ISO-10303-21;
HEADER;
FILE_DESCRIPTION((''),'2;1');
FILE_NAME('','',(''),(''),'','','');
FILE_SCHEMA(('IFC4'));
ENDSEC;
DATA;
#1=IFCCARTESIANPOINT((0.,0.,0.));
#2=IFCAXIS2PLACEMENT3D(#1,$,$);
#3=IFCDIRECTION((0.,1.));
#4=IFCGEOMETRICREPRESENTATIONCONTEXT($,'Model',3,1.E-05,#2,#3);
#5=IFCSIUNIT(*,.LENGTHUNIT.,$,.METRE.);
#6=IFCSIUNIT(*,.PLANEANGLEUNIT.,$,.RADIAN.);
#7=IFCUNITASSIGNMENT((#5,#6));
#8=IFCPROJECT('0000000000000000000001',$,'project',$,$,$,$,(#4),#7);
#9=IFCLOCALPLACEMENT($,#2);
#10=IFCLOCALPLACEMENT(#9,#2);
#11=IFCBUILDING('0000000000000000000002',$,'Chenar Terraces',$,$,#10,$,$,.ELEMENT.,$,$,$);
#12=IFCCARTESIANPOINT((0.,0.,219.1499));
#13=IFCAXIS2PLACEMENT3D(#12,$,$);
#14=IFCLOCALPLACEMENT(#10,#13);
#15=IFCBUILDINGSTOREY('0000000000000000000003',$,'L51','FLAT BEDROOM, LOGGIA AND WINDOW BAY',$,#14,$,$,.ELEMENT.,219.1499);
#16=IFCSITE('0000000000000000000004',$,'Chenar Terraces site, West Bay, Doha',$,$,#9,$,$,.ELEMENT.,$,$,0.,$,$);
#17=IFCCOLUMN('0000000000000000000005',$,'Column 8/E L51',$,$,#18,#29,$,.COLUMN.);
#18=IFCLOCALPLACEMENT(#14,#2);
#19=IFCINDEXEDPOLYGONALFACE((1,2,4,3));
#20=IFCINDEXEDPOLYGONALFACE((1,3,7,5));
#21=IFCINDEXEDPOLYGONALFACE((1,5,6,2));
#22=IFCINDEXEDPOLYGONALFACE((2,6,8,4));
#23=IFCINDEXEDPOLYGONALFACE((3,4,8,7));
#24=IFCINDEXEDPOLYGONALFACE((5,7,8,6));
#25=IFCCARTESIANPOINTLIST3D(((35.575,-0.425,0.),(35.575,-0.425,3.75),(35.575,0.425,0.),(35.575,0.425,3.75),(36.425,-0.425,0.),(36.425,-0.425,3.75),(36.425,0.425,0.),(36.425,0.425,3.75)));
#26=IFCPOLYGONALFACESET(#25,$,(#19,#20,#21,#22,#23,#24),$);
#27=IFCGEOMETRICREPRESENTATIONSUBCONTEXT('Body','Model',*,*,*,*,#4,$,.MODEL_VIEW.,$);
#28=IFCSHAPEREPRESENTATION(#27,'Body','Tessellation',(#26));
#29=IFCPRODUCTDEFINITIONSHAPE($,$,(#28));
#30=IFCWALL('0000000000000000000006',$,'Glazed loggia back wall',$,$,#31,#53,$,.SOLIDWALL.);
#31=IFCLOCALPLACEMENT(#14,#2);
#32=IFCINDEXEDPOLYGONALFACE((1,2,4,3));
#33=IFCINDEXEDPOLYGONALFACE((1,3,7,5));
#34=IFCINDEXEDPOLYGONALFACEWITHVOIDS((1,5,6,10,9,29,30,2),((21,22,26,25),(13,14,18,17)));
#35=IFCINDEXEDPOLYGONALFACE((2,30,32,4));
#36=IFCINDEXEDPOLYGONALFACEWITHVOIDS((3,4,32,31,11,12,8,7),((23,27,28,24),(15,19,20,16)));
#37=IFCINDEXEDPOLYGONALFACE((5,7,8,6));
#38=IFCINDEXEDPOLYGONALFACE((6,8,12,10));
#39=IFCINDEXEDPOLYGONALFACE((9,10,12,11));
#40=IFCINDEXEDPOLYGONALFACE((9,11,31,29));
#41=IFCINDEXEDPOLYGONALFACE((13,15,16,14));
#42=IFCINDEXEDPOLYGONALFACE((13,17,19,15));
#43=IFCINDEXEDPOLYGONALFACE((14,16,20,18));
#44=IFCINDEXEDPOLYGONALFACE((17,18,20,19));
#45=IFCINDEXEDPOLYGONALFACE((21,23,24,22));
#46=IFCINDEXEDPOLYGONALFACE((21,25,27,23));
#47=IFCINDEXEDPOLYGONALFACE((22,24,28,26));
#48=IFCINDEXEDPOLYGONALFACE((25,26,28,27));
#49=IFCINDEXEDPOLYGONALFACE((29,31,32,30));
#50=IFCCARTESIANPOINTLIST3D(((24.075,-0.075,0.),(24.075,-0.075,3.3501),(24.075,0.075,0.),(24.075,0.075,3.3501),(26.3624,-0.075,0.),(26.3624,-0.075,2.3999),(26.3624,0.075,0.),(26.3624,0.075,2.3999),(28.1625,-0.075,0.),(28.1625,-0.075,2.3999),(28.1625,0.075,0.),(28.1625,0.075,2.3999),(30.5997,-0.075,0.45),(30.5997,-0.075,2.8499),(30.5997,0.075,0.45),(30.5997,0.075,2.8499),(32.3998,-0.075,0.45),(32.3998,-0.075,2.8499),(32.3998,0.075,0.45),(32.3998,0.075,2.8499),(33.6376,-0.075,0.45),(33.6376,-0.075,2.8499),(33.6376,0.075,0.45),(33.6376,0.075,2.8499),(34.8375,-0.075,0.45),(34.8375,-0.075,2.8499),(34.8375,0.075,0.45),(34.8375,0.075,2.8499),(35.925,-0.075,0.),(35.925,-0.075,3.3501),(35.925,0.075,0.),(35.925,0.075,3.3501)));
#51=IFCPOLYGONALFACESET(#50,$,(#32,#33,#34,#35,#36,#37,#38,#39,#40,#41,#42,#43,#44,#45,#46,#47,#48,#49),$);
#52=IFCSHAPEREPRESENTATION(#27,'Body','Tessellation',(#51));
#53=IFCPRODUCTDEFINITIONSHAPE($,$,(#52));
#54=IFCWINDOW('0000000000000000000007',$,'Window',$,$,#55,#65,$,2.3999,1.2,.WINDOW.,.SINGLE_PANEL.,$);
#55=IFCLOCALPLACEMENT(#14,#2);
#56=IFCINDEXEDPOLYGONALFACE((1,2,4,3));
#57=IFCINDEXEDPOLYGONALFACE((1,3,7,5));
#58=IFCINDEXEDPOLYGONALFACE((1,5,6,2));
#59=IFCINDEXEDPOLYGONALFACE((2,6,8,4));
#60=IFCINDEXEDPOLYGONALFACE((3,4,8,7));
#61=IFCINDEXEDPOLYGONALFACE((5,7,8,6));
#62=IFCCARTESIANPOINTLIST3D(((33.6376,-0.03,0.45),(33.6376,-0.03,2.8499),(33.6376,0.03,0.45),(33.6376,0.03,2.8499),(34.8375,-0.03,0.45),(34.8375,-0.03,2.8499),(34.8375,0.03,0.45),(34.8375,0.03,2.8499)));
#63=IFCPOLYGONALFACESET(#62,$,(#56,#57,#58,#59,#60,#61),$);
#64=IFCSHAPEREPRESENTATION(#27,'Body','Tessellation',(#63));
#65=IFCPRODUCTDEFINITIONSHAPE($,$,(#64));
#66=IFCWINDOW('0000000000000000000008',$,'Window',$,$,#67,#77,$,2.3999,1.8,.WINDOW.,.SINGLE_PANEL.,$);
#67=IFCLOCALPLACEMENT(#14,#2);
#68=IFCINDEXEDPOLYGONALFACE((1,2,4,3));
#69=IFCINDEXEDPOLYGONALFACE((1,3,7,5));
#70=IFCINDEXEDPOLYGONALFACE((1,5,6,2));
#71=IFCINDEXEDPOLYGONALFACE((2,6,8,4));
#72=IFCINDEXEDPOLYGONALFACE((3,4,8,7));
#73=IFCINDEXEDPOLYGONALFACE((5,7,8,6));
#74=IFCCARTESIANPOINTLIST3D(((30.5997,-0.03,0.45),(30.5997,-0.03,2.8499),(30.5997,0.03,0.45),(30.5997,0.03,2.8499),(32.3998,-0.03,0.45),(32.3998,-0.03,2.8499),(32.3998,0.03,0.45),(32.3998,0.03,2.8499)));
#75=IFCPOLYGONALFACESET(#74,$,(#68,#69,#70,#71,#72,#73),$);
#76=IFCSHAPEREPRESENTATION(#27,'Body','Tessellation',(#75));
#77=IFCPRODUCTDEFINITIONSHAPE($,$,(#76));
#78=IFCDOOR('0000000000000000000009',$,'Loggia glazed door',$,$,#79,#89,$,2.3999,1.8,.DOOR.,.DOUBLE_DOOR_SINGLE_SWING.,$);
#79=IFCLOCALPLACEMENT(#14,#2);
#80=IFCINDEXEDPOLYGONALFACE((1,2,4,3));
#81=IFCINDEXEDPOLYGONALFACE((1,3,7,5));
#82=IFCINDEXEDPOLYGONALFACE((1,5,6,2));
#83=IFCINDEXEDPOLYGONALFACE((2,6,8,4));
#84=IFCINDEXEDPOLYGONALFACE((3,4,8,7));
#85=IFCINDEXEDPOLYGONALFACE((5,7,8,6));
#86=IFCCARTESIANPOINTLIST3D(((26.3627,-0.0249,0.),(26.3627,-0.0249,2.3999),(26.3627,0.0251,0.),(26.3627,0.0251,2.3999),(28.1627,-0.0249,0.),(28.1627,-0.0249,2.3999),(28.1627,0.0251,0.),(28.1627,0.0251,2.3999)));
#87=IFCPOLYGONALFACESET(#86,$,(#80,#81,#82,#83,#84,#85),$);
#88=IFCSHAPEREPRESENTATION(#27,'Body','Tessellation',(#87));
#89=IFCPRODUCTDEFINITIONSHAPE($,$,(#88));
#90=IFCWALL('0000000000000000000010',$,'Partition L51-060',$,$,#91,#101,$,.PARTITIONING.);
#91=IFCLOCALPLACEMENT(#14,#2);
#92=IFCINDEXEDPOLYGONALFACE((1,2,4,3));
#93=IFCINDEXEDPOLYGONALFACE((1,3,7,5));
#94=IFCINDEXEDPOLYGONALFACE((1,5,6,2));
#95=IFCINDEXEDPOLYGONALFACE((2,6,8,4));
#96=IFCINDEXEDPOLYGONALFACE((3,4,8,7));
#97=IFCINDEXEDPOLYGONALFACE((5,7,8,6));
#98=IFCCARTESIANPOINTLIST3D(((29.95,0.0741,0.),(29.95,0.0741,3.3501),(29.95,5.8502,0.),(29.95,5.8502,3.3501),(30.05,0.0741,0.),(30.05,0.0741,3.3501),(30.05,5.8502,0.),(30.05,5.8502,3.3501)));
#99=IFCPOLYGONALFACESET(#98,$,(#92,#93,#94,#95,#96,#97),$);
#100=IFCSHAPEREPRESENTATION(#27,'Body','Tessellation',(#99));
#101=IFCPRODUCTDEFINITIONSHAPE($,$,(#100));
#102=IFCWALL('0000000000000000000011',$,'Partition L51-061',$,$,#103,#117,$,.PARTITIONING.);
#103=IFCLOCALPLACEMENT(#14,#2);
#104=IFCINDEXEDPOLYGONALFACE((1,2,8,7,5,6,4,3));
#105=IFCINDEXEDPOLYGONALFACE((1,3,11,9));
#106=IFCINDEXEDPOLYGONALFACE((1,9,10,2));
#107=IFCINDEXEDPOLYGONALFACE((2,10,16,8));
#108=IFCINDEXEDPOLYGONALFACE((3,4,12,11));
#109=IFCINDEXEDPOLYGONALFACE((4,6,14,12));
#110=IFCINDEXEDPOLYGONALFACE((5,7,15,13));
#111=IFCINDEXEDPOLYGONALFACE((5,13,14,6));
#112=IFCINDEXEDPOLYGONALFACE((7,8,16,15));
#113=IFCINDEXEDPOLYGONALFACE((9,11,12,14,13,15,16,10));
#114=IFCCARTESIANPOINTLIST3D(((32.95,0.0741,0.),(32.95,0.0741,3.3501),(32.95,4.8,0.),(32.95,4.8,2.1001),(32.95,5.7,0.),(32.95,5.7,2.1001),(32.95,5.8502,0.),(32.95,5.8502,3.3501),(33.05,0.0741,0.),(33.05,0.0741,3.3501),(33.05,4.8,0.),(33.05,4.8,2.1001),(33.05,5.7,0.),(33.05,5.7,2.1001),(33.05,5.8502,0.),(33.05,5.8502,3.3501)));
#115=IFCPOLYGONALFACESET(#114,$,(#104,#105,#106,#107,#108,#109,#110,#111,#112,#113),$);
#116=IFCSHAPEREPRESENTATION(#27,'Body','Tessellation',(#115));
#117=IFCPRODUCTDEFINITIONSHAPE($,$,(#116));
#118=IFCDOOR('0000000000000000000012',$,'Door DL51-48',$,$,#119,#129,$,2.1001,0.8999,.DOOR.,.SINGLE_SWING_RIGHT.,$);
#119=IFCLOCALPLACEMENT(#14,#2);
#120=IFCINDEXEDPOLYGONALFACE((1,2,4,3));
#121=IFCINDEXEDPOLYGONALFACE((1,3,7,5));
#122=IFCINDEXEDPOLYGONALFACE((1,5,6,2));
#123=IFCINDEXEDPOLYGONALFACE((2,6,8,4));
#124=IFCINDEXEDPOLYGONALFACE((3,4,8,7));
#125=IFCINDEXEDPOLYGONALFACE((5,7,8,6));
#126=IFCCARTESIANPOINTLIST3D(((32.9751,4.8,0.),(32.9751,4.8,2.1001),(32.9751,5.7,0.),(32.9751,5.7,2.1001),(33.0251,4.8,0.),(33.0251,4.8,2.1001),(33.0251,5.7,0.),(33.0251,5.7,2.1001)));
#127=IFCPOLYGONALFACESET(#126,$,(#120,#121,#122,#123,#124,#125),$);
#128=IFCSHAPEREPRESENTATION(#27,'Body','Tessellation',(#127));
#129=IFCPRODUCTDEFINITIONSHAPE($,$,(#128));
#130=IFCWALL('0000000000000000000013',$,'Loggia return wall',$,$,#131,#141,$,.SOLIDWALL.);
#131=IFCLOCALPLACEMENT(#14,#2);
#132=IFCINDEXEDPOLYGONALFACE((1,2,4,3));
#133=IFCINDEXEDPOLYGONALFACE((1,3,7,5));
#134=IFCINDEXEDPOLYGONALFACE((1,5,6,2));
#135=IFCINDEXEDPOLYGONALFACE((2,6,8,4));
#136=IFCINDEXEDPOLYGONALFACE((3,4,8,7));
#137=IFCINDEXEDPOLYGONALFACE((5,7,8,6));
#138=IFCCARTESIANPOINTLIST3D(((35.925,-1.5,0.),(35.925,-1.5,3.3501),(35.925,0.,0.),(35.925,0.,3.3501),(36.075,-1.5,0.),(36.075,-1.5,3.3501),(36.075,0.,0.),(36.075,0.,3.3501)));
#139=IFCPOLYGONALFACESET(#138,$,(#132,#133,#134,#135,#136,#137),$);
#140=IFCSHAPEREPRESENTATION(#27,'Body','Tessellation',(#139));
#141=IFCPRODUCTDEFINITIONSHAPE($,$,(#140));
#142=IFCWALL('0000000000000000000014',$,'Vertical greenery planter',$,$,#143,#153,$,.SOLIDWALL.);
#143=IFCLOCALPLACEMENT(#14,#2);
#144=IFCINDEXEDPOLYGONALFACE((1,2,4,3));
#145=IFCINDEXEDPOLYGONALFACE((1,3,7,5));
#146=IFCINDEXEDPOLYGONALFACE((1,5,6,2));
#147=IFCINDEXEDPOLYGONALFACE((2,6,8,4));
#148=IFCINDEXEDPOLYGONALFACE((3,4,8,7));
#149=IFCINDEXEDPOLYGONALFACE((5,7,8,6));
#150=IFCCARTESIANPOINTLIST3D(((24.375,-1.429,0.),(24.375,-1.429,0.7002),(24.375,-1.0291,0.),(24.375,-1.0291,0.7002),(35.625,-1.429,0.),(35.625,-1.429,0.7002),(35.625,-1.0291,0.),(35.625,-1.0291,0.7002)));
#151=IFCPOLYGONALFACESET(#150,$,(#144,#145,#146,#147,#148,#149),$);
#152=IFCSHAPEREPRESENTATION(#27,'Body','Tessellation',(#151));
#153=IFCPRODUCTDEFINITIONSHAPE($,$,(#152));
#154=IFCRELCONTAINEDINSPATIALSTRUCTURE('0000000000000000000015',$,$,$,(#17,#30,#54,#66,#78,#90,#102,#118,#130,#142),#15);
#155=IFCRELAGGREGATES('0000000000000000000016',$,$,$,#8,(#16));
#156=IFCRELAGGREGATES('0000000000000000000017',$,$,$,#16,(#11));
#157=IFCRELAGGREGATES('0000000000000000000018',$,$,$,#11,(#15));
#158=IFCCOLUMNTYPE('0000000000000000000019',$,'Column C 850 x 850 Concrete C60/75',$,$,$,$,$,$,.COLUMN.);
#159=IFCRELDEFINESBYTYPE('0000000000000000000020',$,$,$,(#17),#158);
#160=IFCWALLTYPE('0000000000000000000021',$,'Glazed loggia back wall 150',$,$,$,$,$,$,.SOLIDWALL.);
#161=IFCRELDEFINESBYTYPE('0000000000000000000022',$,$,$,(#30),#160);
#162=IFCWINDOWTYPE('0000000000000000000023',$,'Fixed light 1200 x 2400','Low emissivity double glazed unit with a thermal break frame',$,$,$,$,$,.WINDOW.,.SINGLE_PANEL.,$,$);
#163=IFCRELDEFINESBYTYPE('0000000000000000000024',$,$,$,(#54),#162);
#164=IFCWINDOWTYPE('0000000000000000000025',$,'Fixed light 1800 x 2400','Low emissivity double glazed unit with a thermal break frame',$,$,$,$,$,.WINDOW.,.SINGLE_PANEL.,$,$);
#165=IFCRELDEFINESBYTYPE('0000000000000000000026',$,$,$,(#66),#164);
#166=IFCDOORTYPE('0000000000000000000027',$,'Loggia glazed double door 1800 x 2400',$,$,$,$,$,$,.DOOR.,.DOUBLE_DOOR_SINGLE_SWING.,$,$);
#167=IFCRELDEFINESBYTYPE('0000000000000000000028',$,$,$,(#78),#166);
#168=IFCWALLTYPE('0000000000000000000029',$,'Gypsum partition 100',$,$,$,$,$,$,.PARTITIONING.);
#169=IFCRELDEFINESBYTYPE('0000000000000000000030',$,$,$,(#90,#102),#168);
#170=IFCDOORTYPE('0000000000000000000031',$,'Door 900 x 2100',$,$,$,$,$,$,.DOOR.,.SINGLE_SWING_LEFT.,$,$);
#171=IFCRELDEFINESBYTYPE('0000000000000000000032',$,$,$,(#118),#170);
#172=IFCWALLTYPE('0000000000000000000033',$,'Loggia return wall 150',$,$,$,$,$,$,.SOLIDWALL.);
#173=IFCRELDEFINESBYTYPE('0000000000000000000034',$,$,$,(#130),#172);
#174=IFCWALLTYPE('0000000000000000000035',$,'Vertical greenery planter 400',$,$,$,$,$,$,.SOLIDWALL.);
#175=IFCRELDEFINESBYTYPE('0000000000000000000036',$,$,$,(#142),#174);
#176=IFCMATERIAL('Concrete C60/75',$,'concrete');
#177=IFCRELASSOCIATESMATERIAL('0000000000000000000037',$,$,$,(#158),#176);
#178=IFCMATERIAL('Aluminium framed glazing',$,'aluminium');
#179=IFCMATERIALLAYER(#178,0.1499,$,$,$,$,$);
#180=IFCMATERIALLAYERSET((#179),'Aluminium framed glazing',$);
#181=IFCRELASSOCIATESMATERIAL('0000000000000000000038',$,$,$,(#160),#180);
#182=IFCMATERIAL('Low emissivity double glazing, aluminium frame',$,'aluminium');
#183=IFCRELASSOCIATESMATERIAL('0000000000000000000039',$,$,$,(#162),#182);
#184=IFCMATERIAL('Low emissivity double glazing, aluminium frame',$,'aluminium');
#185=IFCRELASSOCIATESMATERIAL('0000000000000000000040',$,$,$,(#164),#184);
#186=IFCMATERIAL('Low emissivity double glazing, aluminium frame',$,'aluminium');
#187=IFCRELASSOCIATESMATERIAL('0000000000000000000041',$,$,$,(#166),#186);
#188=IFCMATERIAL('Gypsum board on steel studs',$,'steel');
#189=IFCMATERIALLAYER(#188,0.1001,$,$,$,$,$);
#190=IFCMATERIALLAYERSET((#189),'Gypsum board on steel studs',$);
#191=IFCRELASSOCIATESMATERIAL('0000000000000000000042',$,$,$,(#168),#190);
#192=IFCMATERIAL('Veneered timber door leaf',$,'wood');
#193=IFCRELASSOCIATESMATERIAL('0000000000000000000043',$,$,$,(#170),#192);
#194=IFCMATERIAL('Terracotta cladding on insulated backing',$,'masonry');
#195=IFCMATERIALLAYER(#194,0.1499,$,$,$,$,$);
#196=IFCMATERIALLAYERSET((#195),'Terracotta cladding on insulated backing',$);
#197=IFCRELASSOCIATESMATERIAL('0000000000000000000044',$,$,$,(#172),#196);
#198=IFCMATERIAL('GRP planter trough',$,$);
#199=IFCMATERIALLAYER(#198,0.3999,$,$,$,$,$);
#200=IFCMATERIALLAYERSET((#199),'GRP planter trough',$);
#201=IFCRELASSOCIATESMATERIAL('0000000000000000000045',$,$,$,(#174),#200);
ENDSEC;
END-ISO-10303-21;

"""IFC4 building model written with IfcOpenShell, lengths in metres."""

from ifc_helpers import new_model, si_unit, direction, frame, frame_2d, origin, origin_2d, place, context, subcontext, project, spatial, rectangle, extrude, material, layer, layer_set, material_profile, profile_set, type_object, element, fill, save


model = new_model("IFC4")

# Units and contexts
model_context = context("Model", 3, precision=1e-05, world=origin(), true_north=direction((0.0, 1.0)))
body_context = subcontext(model_context, "Body", "Model", "MODEL_VIEW")
ifc_project = project(units=[si_unit("LENGTHUNIT", "METRE"), si_unit("PLANEANGLEUNIT", "RADIAN")], contexts=[model_context])

# Site, building, storey
site_placement = place(None, origin())
site = spatial("IfcSite", under=ifc_project, at=site_placement, Name="Chenar Terraces site, West Bay, Doha", CompositionType="ELEMENT", RefElevation=0.0)
building_placement = place(site_placement, origin())
building = spatial("IfcBuilding", under=site, at=building_placement, Name="Chenar Terraces", CompositionType="ELEMENT")
storey_placement = place(building_placement, frame((0.0, 0.0, 219.1499)))
storey = spatial("IfcBuildingStorey", under=building, at=storey_placement, Name="L51", Description="FLAT BEDROOM, LOGGIA AND WINDOW BAY", CompositionType="ELEMENT", Elevation=219.1499)

# Column
ifc_material_1 = material(Name="Concrete C60/75", Category="concrete")
ifc_material_profile_1 = material_profile(ifc_material_1, rectangle(XDim=0.8501, YDim=0.8501, at=origin_2d()), Name="C 850 x 850")
ifc_profile_set_1 = profile_set([ifc_material_profile_1], Name="Concrete C60/75")
column_type = type_object("IfcColumnType", Name="Column C 850 x 850 Concrete C60/75", PredefinedType="COLUMN", material=ifc_profile_set_1)
column_placement = place(storey_placement, frame((36.0, 0.0, 0.0), z_axis=(0.0, 0.0, 1.0), x_axis=(1.0, 0.0, 0.0)))
element("IfcColumn", 1, at=column_placement, inside=storey, type_object=column_type, Name="Column 8/E L51", PredefinedType="COLUMN", context=body_context, shape_type="SweptSolid", body=[
    extrude(rectangle(XDim=0.8501, YDim=0.8501, at=origin_2d()), origin(), (0.0, 0.0, 1.0), 3.75),
])

# Wall, openings, windows, door
ifc_material_2 = material(Name="Aluminium framed glazing", Category="aluminium")
ifc_layer_1 = layer(ifc_material_2, 0.1499)
ifc_layer_set_1 = layer_set([ifc_layer_1], Name="Aluminium framed glazing")
wall_type_1 = type_object("IfcWallType", Name="Glazed loggia back wall 150", PredefinedType="SOLIDWALL", material=ifc_layer_set_1)
wall_1_placement = place(storey_placement, frame((24.075, 0.0, 0.0), z_axis=(0.0, 0.0, 1.0), x_axis=(1.0, 0.0, 0.0)))
wall_1 = element("IfcWall", 2, at=wall_1_placement, inside=storey, type_object=wall_type_1, Name="Glazed loggia back wall", PredefinedType="SOLIDWALL", context=body_context, shape_type="SweptSolid", body=[
    extrude(rectangle(XDim=11.8501, YDim=0.1499, at=frame_2d((5.925, 0.0))), origin(), (0.0, 0.0, 1.0), 3.3501),
])
opening_1_placement = place(wall_1_placement, frame((2.2876, 0.0, 0.0)))
opening_1 = element("IfcOpeningElement", 3, at=opening_1_placement, cuts=wall_1, PredefinedType="OPENING", context=body_context, shape_type="SweptSolid", body=[
    extrude(rectangle(XDim=1.8, YDim=2.3999, at=frame_2d((0.8999, 1.2))), frame((0.0, 0.085, 0.0), z_axis=(0.0, -1.0, 0.0), x_axis=(1.0, 0.0, 0.0)), (0.0, 0.0, 1.0), 0.1699),
])
opening_2_placement = place(wall_1_placement, frame((6.5249, 0.0, 0.45)))
opening_2 = element("IfcOpeningElement", 4, at=opening_2_placement, cuts=wall_1, PredefinedType="OPENING", context=body_context, shape_type="SweptSolid", body=[
    extrude(rectangle(XDim=1.8, YDim=2.3999, at=frame_2d((0.8999, 1.2))), frame((0.0, 0.085, 0.0), z_axis=(0.0, -1.0, 0.0), x_axis=(1.0, 0.0, 0.0)), (0.0, 0.0, 1.0), 0.1699),
])
opening_3_placement = place(wall_1_placement, frame((9.5625, 0.0, 0.45)))
opening_3 = element("IfcOpeningElement", 5, at=opening_3_placement, cuts=wall_1, PredefinedType="OPENING", context=body_context, shape_type="SweptSolid", body=[
    extrude(rectangle(XDim=1.2, YDim=2.3999, at=frame_2d((0.6001, 1.2))), frame((0.0, 0.085, 0.0), z_axis=(0.0, -1.0, 0.0), x_axis=(1.0, 0.0, 0.0)), (0.0, 0.0, 1.0), 0.1699),
])
ifc_material_3 = material(Name="Low emissivity double glazing, aluminium frame", Category="aluminium")
window_type_1 = type_object("IfcWindowType", Name="Fixed light 1200 x 2400", Description="Low emissivity double glazed unit with a thermal break frame", PartitioningType="SINGLE_PANEL", PredefinedType="WINDOW", material=ifc_material_3)
window_1_placement = place(opening_3_placement, origin())
window_1 = element("IfcWindow", 6, at=window_1_placement, inside=storey, type_object=window_type_1, Name="Window", OverallHeight=2.3999, OverallWidth=1.2, PartitioningType="SINGLE_PANEL", PredefinedType="WINDOW", context=body_context, shape_type="SweptSolid", body=[
    extrude(rectangle(XDim=1.2, YDim=2.3999, at=frame_2d((0.6001, 1.2))), frame((0.0, 0.03, 0.0), z_axis=(0.0, -1.0, 0.0), x_axis=(1.0, 0.0, 0.0)), (0.0, 0.0, 1.0), 0.0601),
])
fill(opening_3, window_1)
ifc_material_4 = material(Name="Low emissivity double glazing, aluminium frame", Category="aluminium")
window_type_2 = type_object("IfcWindowType", Name="Fixed light 1800 x 2400", Description="Low emissivity double glazed unit with a thermal break frame", PartitioningType="SINGLE_PANEL", PredefinedType="WINDOW", material=ifc_material_4)
window_2_placement = place(opening_2_placement, origin())
window_2 = element("IfcWindow", 7, at=window_2_placement, inside=storey, type_object=window_type_2, Name="Window", OverallHeight=2.3999, OverallWidth=1.8, PartitioningType="SINGLE_PANEL", PredefinedType="WINDOW", context=body_context, shape_type="SweptSolid", body=[
    extrude(rectangle(XDim=1.8, YDim=2.3999, at=frame_2d((0.8999, 1.2))), frame((0.0, 0.03, 0.0), z_axis=(0.0, -1.0, 0.0), x_axis=(1.0, 0.0, 0.0)), (0.0, 0.0, 1.0), 0.0601),
])
fill(opening_2, window_2)
ifc_material_5 = material(Name="Low emissivity double glazing, aluminium frame", Category="aluminium")
door_type_1 = type_object("IfcDoorType", Name="Loggia glazed double door 1800 x 2400", OperationType="DOUBLE_DOOR_SINGLE_SWING", PredefinedType="DOOR", material=ifc_material_5)
door_1_placement = place(opening_1_placement, frame((1.8, 0.0, 0.0), z_axis=(0.0, 0.0, 1.0), x_axis=(-1.0, 0.0, 0.0)))
door_1 = element("IfcDoor", 8, at=door_1_placement, inside=storey, type_object=door_type_1, Name="Loggia glazed door", OperationType="DOUBLE_DOOR_SINGLE_SWING", OverallHeight=2.3999, OverallWidth=1.8, PredefinedType="DOOR", context=body_context, shape_type="SweptSolid", body=[
    extrude(rectangle(XDim=1.8, YDim=2.3999, at=frame_2d((0.8999, 1.2))), frame((0.0, 0.0249, 0.0), z_axis=(0.0, -1.0, 0.0), x_axis=(1.0, 0.0, 0.0)), (0.0, 0.0, 1.0), 0.05),
])
fill(opening_1, door_1)

# Wall
ifc_material_6 = material(Name="Gypsum board on steel studs", Category="steel")
ifc_layer_2 = layer(ifc_material_6, 0.1001)
ifc_layer_set_2 = layer_set([ifc_layer_2], Name="Gypsum board on steel studs")
wall_type_2 = type_object("IfcWallType", Name="Gypsum partition 100", PredefinedType="PARTITIONING", material=ifc_layer_set_2)
wall_2_placement = place(storey_placement, frame((30.0, 0.074, 0.0), z_axis=(0.0, 0.0, 1.0), x_axis=(0.0, 1.0, 0.0)))
element("IfcWall", 9, at=wall_2_placement, inside=storey, type_object=wall_type_2, Name="Partition L51-060", PredefinedType="PARTITIONING", context=body_context, shape_type="SweptSolid", body=[
    extrude(rectangle(XDim=5.7761, YDim=0.1001, at=frame_2d((2.8882, 0.0))), origin(), (0.0, 0.0, 1.0), 3.3501),
])

# Wall, opening, door
wall_3_placement = place(storey_placement, frame((33.0, 0.074, 0.0), z_axis=(0.0, 0.0, 1.0), x_axis=(0.0, 1.0, 0.0)))
wall_3 = element("IfcWall", 10, at=wall_3_placement, inside=storey, type_object=wall_type_2, Name="Partition L51-061", PredefinedType="PARTITIONING", context=body_context, shape_type="SweptSolid", body=[
    extrude(rectangle(XDim=5.7761, YDim=0.1001, at=frame_2d((2.8882, 0.0))), origin(), (0.0, 0.0, 1.0), 3.3501),
])
opening_4_placement = place(wall_3_placement, frame((4.7261, 0.0, 0.0)))
opening_4 = element("IfcOpeningElement", 11, at=opening_4_placement, cuts=wall_3, PredefinedType="OPENING", context=body_context, shape_type="SweptSolid", body=[
    extrude(rectangle(XDim=0.8999, YDim=2.1001, at=frame_2d((0.45, 1.05))), frame((0.0, 0.0601, 0.0), z_axis=(0.0, -1.0, 0.0), x_axis=(1.0, 0.0, 0.0)), (0.0, 0.0, 1.0), 0.1201),
])
ifc_material_7 = material(Name="Veneered timber door leaf", Category="wood")
door_type_2 = type_object("IfcDoorType", Name="Door 900 x 2100", OperationType="SINGLE_SWING_LEFT", PredefinedType="DOOR", material=ifc_material_7)
door_2_placement = place(opening_4_placement, origin())
door_2 = element("IfcDoor", 12, at=door_2_placement, inside=storey, type_object=door_type_2, Name="Door DL51-48", OperationType="SINGLE_SWING_RIGHT", OverallHeight=2.1001, OverallWidth=0.8999, PredefinedType="DOOR", context=body_context, shape_type="SweptSolid", body=[
    extrude(rectangle(XDim=0.8999, YDim=2.1001, at=frame_2d((0.45, 1.05))), frame((0.0, 0.0249, 0.0), z_axis=(0.0, -1.0, 0.0), x_axis=(1.0, 0.0, 0.0)), (0.0, 0.0, 1.0), 0.05),
])
fill(opening_4, door_2)

# Walls
ifc_material_8 = material(Name="Terracotta cladding on insulated backing", Category="masonry")
ifc_layer_3 = layer(ifc_material_8, 0.1499)
ifc_layer_set_3 = layer_set([ifc_layer_3], Name="Terracotta cladding on insulated backing")
wall_type_3 = type_object("IfcWallType", Name="Loggia return wall 150", PredefinedType="SOLIDWALL", material=ifc_layer_set_3)
wall_4_placement = place(storey_placement, frame((36.0, -1.5, 0.0), z_axis=(0.0, 0.0, 1.0), x_axis=(0.0, 1.0, 0.0)))
element("IfcWall", 13, at=wall_4_placement, inside=storey, type_object=wall_type_3, Name="Loggia return wall", PredefinedType="SOLIDWALL", context=body_context, shape_type="SweptSolid", body=[
    extrude(rectangle(XDim=1.5, YDim=0.1499, at=frame_2d((0.75, 0.0))), origin(), (0.0, 0.0, 1.0), 3.3501),
])
ifc_material_9 = material(Name="GRP planter trough")
ifc_layer_4 = layer(ifc_material_9, 0.3999)
ifc_layer_set_4 = layer_set([ifc_layer_4], Name="GRP planter trough")
wall_type_4 = type_object("IfcWallType", Name="Vertical greenery planter 400", PredefinedType="SOLIDWALL", material=ifc_layer_set_4)
wall_5_placement = place(storey_placement, frame((24.375, -1.229, 0.0), z_axis=(0.0, 0.0, 1.0), x_axis=(1.0, 0.0, 0.0)))
element("IfcWall", 14, at=wall_5_placement, inside=storey, type_object=wall_type_4, Name="Vertical greenery planter", PredefinedType="SOLIDWALL", context=body_context, shape_type="SweptSolid", body=[
    extrude(rectangle(XDim=11.25, YDim=0.3999, at=frame_2d((5.625, 0.0))), origin(), (0.0, 0.0, 1.0), 0.7002),
])

save(model, "model.ifc")
